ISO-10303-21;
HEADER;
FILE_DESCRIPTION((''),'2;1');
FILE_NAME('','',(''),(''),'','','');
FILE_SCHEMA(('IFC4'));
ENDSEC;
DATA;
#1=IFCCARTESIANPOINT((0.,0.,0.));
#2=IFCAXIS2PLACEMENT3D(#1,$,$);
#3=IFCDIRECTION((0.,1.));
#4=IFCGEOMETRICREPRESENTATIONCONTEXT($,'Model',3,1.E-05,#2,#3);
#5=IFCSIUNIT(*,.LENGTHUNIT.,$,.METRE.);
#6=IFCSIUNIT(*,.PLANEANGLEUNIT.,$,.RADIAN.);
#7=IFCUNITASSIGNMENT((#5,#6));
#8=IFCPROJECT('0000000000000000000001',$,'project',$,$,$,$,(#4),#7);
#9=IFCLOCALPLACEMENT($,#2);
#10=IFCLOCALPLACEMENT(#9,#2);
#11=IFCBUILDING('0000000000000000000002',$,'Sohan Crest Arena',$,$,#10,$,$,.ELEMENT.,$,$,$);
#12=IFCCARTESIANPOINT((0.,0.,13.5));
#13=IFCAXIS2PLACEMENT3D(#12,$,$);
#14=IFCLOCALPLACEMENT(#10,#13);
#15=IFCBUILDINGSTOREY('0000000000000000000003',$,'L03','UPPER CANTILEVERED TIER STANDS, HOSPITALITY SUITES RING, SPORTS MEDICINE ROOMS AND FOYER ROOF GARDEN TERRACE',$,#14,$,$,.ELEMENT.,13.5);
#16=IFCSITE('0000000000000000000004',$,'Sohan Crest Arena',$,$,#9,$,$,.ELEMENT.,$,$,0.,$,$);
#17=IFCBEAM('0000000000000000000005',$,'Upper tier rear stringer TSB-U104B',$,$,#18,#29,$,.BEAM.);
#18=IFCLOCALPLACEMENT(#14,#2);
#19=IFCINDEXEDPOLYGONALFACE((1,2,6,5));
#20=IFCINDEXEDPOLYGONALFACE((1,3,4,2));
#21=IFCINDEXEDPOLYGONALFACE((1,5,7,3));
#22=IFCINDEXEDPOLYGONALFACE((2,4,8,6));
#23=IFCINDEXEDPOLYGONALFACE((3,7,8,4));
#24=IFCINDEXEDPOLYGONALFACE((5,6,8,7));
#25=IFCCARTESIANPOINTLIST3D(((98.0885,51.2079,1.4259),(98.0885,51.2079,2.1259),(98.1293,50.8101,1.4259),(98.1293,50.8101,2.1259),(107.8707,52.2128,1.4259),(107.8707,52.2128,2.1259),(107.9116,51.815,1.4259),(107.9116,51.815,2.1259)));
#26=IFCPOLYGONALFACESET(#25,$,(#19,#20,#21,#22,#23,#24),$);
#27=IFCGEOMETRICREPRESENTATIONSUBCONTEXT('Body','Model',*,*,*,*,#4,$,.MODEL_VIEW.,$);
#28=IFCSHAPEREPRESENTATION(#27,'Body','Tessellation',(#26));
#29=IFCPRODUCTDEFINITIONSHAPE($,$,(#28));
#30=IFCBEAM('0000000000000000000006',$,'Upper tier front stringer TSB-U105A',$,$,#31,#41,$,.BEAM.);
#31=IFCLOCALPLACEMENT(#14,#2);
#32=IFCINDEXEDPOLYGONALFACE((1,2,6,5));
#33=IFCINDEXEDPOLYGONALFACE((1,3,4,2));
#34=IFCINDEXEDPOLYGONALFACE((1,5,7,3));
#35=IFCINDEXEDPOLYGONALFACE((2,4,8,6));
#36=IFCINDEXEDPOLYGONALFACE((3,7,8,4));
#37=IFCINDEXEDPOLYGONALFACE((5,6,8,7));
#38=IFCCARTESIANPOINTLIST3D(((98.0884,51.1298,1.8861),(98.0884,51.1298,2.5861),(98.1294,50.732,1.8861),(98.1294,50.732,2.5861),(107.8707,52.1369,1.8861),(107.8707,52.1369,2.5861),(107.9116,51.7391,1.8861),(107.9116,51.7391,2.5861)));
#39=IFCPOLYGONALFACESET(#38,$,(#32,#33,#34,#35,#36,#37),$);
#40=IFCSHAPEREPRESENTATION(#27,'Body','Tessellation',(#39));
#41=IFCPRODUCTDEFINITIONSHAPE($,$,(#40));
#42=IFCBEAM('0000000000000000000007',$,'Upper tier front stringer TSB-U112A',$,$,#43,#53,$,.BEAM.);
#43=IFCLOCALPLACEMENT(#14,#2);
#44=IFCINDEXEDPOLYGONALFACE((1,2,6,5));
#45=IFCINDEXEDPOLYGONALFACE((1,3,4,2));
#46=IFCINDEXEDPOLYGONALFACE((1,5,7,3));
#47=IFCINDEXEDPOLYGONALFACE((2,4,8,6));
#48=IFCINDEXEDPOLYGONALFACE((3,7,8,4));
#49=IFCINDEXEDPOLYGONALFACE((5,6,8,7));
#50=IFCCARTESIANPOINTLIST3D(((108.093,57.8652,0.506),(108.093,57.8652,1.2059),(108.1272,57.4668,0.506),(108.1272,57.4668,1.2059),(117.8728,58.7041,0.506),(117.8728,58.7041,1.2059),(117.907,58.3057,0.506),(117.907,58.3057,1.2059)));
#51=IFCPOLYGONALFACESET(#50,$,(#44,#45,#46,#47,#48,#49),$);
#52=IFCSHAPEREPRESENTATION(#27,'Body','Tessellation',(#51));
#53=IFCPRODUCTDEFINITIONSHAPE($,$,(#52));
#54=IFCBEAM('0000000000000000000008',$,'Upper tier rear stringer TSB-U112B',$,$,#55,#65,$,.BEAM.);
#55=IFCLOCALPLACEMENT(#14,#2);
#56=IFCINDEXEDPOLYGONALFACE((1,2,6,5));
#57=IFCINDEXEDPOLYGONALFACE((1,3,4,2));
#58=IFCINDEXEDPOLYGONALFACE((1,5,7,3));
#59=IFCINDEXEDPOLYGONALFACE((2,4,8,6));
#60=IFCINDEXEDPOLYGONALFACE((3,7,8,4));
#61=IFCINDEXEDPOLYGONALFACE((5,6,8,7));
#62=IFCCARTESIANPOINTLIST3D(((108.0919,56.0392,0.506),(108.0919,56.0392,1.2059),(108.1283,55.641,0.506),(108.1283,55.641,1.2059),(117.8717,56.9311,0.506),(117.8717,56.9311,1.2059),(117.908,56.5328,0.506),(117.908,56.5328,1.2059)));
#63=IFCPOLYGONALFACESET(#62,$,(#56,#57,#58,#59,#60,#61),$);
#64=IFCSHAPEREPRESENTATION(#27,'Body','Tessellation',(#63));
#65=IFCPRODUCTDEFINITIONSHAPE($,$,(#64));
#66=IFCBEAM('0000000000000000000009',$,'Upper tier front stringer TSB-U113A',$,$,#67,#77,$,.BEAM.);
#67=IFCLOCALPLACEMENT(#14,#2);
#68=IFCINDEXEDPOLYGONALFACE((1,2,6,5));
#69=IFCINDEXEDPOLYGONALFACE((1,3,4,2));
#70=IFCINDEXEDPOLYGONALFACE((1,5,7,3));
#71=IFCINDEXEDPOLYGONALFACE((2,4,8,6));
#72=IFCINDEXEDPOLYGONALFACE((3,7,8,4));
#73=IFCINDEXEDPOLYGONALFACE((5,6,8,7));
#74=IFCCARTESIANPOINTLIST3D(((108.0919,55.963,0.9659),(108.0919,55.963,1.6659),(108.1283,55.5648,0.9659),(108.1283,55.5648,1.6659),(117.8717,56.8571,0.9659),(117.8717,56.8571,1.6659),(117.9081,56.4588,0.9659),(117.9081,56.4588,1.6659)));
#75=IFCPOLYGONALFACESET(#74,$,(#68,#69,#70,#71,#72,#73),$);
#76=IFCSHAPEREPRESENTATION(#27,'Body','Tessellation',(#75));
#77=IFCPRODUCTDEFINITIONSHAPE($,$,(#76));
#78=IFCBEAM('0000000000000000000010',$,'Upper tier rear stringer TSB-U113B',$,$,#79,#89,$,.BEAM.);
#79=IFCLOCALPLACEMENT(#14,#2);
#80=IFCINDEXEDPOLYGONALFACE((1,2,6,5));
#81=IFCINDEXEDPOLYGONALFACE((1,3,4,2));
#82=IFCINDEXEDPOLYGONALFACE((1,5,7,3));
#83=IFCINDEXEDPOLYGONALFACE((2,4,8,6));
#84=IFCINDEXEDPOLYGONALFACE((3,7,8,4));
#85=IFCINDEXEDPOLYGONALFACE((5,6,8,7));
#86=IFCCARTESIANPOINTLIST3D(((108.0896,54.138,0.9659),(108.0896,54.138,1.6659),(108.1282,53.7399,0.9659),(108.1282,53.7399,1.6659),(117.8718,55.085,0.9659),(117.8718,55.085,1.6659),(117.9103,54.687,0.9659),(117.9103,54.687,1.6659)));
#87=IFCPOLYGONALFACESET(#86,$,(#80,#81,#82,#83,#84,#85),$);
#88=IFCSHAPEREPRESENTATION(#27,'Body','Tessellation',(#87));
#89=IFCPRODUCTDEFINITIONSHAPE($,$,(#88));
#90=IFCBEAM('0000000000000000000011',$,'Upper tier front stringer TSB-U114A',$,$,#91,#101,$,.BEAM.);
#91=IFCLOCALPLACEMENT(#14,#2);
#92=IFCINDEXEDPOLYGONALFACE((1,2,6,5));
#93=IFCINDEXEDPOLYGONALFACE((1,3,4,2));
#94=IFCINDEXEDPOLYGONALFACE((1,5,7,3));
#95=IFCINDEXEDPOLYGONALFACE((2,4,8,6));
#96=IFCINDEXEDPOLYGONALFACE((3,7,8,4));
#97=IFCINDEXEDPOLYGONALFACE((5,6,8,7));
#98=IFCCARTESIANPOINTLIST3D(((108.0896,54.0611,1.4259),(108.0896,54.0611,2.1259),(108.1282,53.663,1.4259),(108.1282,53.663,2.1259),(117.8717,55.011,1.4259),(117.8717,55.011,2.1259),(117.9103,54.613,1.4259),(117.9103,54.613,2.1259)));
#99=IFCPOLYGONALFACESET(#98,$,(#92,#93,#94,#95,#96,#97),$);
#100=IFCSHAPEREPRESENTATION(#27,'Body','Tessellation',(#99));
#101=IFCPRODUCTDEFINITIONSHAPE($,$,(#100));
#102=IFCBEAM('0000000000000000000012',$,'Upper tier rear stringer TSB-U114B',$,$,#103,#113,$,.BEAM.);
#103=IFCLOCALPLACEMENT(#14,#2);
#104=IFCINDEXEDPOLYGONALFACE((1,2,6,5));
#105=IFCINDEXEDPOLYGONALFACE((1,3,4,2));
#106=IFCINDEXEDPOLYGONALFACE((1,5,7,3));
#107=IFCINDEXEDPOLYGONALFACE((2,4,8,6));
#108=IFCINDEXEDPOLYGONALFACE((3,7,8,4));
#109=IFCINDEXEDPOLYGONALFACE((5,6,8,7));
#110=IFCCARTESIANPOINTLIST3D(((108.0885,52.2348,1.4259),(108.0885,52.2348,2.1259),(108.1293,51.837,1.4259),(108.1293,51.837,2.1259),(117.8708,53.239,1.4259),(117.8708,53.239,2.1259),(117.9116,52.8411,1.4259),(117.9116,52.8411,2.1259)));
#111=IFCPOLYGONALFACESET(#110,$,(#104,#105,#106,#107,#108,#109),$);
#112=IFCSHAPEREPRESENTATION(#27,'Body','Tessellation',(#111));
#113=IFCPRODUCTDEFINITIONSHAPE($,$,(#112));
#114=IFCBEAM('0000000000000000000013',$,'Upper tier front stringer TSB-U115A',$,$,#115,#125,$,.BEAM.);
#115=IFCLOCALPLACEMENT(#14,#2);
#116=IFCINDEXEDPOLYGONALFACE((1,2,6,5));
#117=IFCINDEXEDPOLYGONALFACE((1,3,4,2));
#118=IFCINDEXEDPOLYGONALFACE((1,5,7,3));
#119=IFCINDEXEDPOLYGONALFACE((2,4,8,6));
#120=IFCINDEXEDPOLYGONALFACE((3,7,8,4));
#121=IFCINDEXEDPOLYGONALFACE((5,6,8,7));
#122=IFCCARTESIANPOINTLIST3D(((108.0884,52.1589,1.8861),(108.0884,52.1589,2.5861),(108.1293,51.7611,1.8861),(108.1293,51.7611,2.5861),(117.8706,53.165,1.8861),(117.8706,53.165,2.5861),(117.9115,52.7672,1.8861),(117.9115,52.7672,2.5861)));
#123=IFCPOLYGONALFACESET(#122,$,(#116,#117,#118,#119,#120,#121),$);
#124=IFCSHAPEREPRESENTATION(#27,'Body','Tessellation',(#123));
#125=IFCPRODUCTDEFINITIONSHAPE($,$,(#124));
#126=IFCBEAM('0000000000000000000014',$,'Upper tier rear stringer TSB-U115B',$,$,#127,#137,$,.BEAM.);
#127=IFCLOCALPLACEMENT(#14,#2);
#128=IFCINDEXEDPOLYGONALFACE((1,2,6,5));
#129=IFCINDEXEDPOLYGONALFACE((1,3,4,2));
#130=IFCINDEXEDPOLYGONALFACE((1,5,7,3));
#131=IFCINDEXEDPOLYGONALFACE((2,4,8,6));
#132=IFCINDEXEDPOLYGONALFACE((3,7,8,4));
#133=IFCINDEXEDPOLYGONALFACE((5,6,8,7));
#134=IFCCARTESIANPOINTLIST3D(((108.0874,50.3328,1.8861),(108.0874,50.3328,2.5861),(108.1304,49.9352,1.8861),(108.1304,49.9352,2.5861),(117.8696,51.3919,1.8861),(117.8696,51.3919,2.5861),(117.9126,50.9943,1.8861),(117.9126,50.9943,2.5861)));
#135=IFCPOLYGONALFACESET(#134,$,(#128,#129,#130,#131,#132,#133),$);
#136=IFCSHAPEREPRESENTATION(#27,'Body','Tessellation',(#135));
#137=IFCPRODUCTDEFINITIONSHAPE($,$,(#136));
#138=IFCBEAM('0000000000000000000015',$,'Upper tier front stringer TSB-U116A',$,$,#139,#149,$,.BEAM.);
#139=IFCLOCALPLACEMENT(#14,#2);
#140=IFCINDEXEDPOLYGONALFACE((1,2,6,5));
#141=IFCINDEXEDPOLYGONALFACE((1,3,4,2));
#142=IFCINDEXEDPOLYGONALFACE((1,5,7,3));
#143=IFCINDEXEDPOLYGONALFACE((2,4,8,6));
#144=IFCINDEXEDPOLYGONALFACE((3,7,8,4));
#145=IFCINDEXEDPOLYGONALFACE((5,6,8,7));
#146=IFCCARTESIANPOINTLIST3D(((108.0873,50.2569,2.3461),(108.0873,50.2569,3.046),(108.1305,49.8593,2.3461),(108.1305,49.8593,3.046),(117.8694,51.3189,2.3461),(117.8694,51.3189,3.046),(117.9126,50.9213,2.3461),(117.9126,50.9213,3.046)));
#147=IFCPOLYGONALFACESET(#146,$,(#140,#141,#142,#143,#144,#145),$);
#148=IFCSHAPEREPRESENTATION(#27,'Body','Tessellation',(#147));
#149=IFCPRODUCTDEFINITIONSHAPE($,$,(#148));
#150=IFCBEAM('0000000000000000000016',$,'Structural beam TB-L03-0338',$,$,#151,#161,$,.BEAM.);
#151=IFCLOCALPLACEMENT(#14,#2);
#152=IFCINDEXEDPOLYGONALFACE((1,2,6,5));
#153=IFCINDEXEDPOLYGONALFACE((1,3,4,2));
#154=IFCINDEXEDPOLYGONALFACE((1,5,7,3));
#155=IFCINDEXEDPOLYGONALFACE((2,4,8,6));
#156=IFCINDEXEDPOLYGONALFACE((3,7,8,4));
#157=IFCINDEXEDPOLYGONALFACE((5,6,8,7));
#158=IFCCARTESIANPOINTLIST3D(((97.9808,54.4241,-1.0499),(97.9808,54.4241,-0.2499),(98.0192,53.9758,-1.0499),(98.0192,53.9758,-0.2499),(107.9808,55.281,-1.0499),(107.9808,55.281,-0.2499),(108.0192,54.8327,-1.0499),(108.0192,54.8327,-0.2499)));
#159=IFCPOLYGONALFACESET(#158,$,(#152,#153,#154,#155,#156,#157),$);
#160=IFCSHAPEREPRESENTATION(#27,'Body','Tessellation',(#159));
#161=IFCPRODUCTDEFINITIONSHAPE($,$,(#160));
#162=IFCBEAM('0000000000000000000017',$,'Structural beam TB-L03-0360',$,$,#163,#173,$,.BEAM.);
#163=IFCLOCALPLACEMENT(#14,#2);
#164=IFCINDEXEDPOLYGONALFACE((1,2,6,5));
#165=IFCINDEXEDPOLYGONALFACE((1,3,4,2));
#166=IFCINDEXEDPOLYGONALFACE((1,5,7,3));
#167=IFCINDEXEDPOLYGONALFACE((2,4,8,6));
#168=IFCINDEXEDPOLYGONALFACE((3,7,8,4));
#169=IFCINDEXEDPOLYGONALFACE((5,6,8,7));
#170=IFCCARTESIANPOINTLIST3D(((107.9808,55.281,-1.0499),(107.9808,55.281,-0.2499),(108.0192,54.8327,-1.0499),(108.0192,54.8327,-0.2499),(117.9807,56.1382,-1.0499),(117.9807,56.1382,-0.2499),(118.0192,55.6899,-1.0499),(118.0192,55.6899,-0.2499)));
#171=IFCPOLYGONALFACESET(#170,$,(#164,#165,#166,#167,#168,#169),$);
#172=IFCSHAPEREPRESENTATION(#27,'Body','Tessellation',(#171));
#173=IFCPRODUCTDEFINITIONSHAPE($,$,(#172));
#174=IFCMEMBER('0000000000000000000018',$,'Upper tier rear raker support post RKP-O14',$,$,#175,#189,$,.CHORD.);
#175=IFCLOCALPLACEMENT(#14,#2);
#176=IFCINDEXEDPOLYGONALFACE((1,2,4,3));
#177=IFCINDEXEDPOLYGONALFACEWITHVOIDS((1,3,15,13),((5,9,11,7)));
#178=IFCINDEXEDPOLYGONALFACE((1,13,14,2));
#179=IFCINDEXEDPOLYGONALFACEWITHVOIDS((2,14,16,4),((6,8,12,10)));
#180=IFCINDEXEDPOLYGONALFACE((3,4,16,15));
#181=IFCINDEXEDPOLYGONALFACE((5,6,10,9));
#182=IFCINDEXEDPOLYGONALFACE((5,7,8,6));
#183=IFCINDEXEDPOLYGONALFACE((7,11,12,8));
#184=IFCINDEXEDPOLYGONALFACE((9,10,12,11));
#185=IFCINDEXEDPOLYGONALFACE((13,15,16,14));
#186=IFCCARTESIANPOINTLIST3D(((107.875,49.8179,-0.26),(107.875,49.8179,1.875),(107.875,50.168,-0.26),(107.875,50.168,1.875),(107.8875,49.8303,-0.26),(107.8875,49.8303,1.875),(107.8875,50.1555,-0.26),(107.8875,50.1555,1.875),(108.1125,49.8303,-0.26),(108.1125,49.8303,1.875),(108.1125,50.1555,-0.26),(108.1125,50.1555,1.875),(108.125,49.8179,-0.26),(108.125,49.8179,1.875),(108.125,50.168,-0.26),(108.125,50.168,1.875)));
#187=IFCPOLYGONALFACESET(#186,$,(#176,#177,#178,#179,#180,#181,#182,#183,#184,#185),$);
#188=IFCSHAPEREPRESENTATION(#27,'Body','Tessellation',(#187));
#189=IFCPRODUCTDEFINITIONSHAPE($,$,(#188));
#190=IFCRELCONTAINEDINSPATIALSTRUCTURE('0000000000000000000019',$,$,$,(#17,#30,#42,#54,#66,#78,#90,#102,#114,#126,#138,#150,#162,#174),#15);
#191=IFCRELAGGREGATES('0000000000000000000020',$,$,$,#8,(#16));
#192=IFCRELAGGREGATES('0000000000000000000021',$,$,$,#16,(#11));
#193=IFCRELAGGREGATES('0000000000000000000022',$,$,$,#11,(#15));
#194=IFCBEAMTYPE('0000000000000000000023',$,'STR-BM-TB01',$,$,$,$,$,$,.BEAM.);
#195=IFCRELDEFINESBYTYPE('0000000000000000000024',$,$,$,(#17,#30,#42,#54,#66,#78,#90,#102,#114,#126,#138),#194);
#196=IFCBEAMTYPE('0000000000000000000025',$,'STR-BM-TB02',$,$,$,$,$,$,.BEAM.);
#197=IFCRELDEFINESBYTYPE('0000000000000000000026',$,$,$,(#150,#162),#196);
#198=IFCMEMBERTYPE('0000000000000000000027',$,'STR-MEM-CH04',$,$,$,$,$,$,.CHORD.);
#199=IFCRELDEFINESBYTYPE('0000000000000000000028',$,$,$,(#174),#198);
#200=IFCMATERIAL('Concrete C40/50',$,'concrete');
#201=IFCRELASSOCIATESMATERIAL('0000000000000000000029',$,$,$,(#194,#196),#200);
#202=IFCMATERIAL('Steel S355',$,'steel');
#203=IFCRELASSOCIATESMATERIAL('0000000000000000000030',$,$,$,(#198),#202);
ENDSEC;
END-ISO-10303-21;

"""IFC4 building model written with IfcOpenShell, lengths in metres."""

from ifc_helpers import new_model, si_unit, direction, frame, origin, origin_2d, place, context, subcontext, project, spatial, rectangle, hollow_rectangle, extrude, material, material_profile, profile_set, type_object, element, save


model = new_model("IFC4")

# Units and contexts
model_context = context("Model", 3, precision=1e-05, world=origin(), true_north=direction((0.0, 1.0)))
body_context = subcontext(model_context, "Body", "Model", "MODEL_VIEW")
ifc_project = project(units=[si_unit("LENGTHUNIT", "METRE"), si_unit("PLANEANGLEUNIT", "RADIAN")], contexts=[model_context])

# Site, building, storey
site_placement = place(None, origin())
site = spatial("IfcSite", under=ifc_project, at=site_placement, Name="Sohan Crest Arena", CompositionType="ELEMENT", RefElevation=0.0)
building_placement = place(site_placement, origin())
building = spatial("IfcBuilding", under=site, at=building_placement, Name="Sohan Crest Arena", CompositionType="ELEMENT")
storey_placement = place(building_placement, frame((0.0, 0.0, 13.5)))
storey = spatial("IfcBuildingStorey", under=building, at=storey_placement, Name="L03", Description="UPPER CANTILEVERED TIER STANDS, HOSPITALITY SUITES RING, SPORTS MEDICINE ROOMS AND FOYER ROOF GARDEN TERRACE", CompositionType="ELEMENT", Elevation=13.5)

# Shared definitions
ifc_material_1 = material(Name="Concrete C40/50", Category="concrete")

# Beams
ifc_material_profile_1 = material_profile(ifc_material_1, rectangle(XDim=0.3999, YDim=0.7, at=origin_2d()), Name="RC-BM 400x700")
ifc_profile_set_1 = profile_set([ifc_material_profile_1], Name="Concrete C40/50")
beam_type_1 = type_object("IfcBeamType", Name="STR-BM-TB01", PredefinedType="BEAM", material=ifc_profile_set_1)
beam_1_placement = place(storey_placement, frame((98.1089, 51.009, 1.7759), z_axis=(0.994765, 0.102188, 0.0), x_axis=(-0.102188, 0.994765, 0.0)))
element("IfcBeam", 1, at=beam_1_placement, inside=storey, type_object=beam_type_1, Name="Upper tier rear stringer TSB-U104B", PredefinedType="BEAM", context=body_context, shape_type="SweptSolid", body=[
    extrude(rectangle(XDim=0.3999, YDim=0.7, at=origin_2d()), origin(), (0.0, 0.0, 1.0), 9.8337),
])
beam_2_placement = place(storey_placement, frame((98.1089, 50.9309, 2.2361), z_axis=(0.994742, 0.102409, 0.0), x_axis=(-0.102409, 0.994742, 0.0)))
element("IfcBeam", 2, at=beam_2_placement, inside=storey, type_object=beam_type_1, Name="Upper tier front stringer TSB-U105A", PredefinedType="BEAM", context=body_context, shape_type="SweptSolid", body=[
    extrude(rectangle(XDim=0.3999, YDim=0.7, at=origin_2d()), origin(), (0.0, 0.0, 1.0), 9.834),
])
beam_3_placement = place(storey_placement, frame((108.1101, 57.666, 0.856), z_axis=(0.996341, 0.085462, 0.0), x_axis=(-0.085462, 0.996341, 0.0)))
element("IfcBeam", 3, at=beam_3_placement, inside=storey, type_object=beam_type_1, Name="Upper tier front stringer TSB-U112A", PredefinedType="BEAM", context=body_context, shape_type="SweptSolid", body=[
    extrude(rectangle(XDim=0.3999, YDim=0.7, at=origin_2d()), origin(), (0.0, 0.0, 1.0), 9.8157),
])
beam_4_placement = place(storey_placement, frame((108.1101, 55.8401, 0.856), z_axis=(0.995868, 0.090816, 0.0), x_axis=(-0.090816, 0.995868, 0.0)))
element("IfcBeam", 4, at=beam_4_placement, inside=storey, type_object=beam_type_1, Name="Upper tier rear stringer TSB-U112B", PredefinedType="BEAM", context=body_context, shape_type="SweptSolid", body=[
    extrude(rectangle(XDim=0.3999, YDim=0.7, at=origin_2d()), origin(), (0.0, 0.0, 1.0), 9.8203),
])
beam_5_placement = place(storey_placement, frame((108.1101, 55.7639, 1.3159), z_axis=(0.995847, 0.091038, 0.0), x_axis=(-0.091038, 0.995847, 0.0)))
element("IfcBeam", 5, at=beam_5_placement, inside=storey, type_object=beam_type_1, Name="Upper tier front stringer TSB-U113A", PredefinedType="BEAM", context=body_context, shape_type="SweptSolid", body=[
    extrude(rectangle(XDim=0.3999, YDim=0.7, at=origin_2d()), origin(), (0.0, 0.0, 1.0), 9.8206),
])
beam_6_placement = place(storey_placement, frame((108.1089, 53.939, 1.3159), z_axis=(0.995347, 0.09636, 0.0), x_axis=(-0.09636, 0.995347, 0.0)))
element("IfcBeam", 6, at=beam_6_placement, inside=storey, type_object=beam_type_1, Name="Upper tier rear stringer TSB-U113B", PredefinedType="BEAM", context=body_context, shape_type="SweptSolid", body=[
    extrude(rectangle(XDim=0.3999, YDim=0.7, at=origin_2d()), origin(), (0.0, 0.0, 1.0), 9.8279),
])
beam_7_placement = place(storey_placement, frame((108.1089, 53.8621, 1.7759), z_axis=(0.995318, 0.096655, 0.0), x_axis=(-0.096655, 0.995318, 0.0)))
element("IfcBeam", 7, at=beam_7_placement, inside=storey, type_object=beam_type_1, Name="Upper tier front stringer TSB-U114A", PredefinedType="BEAM", context=body_context, shape_type="SweptSolid", body=[
    extrude(rectangle(XDim=0.3999, YDim=0.7, at=origin_2d()), origin(), (0.0, 0.0, 1.0), 9.8281),
])
for number, where, z_axis, x_axis, name in (
    (8, (108.1089, 52.0359, 1.7759), (0.994773, 0.102114, 0.0), (-0.102114, 0.994773, 0.0), "Upper tier rear stringer TSB-U114B"),
    (9, (108.1089, 51.96, 2.2361), (0.994753, 0.10231, 0.0), (-0.10231, 0.994753, 0.0), "Upper tier front stringer TSB-U115A"),
):
    element("IfcBeam", number, at=place(storey_placement, frame(where, z_axis=z_axis, x_axis=x_axis)), inside=storey, type_object=beam_type_1, Name=name, PredefinedType="BEAM", context=body_context, shape_type="SweptSolid", body=[
        extrude(rectangle(XDim=0.3999, YDim=0.7, at=origin_2d()), origin(), (0.0, 0.0, 1.0), 9.8337),
    ])
beam_8_placement = place(storey_placement, frame((108.1089, 50.134, 2.2361), z_axis=(0.99419, 0.107637, 0.0), x_axis=(-0.107637, 0.99419, 0.0)))
element("IfcBeam", 10, at=beam_8_placement, inside=storey, type_object=beam_type_1, Name="Upper tier rear stringer TSB-U115B", PredefinedType="BEAM", context=body_context, shape_type="SweptSolid", body=[
    extrude(rectangle(XDim=0.3999, YDim=0.7, at=origin_2d()), origin(), (0.0, 0.0, 1.0), 9.8394),
])
beam_9_placement = place(storey_placement, frame((108.1089, 50.0581, 2.696), z_axis=(0.994158, 0.107931, 0.0), x_axis=(-0.107931, 0.994158, 0.0)))
element("IfcBeam", 11, at=beam_9_placement, inside=storey, type_object=beam_type_1, Name="Upper tier front stringer TSB-U116A", PredefinedType="BEAM", context=body_context, shape_type="SweptSolid", body=[
    extrude(rectangle(XDim=0.3999, YDim=0.7, at=origin_2d()), origin(), (0.0, 0.0, 1.0), 9.8396),
])
ifc_material_profile_2 = material_profile(ifc_material_1, rectangle(XDim=0.45, YDim=0.8, at=origin_2d()), Name="RC-BM 450x800")
ifc_profile_set_2 = profile_set([ifc_material_profile_2], Name="Concrete C40/50")
beam_type_2 = type_object("IfcBeamType", Name="STR-BM-TB02", PredefinedType="BEAM", material=ifc_profile_set_2)
for number, where, z_axis, x_axis, name in (
    (12, (98.0, 54.2, -0.6499), (0.996348, 0.08538, 0.0), (-0.08538, 0.996348, 0.0), "Structural beam TB-L03-0338"),
    (13, (108.0, 55.0569, -0.6499), (0.996346, 0.085405, 0.0), (-0.085405, 0.996346, 0.0), "Structural beam TB-L03-0360"),
):
    element("IfcBeam", number, at=place(storey_placement, frame(where, z_axis=z_axis, x_axis=x_axis)), inside=storey, type_object=beam_type_2, Name=name, PredefinedType="BEAM", context=body_context, shape_type="SweptSolid", body=[
        extrude(rectangle(XDim=0.45, YDim=0.8, at=origin_2d()), origin(), (0.0, 0.0, 1.0), 10.0366),
    ])

# Member
ifc_material_2 = material(Name="Steel S355", Category="steel")
ifc_material_profile_3 = material_profile(ifc_material_2, hollow_rectangle(XDim=0.25, YDim=0.3501, WallThickness=0.0125, at=origin_2d()), Name="RHS 350x250x12.5")
ifc_profile_set_3 = profile_set([ifc_material_profile_3], Name="Steel S355")
member_type = type_object("IfcMemberType", Name="STR-MEM-CH04", PredefinedType="CHORD", material=ifc_profile_set_3)
member_placement = place(storey_placement, frame((108.0, 49.9929, -0.26), z_axis=(0.0, 0.0, 1.0), x_axis=(1.0, 0.0, 0.0)))
element("IfcMember", 14, at=member_placement, inside=storey, type_object=member_type, Name="Upper tier rear raker support post RKP-O14", PredefinedType="CHORD", context=body_context, shape_type="SweptSolid", body=[
    extrude(hollow_rectangle(XDim=0.25, YDim=0.3501, WallThickness=0.0125, at=origin_2d()), origin(), (0.0, 0.0, 1.0), 2.135),
])

save(model, "model.ifc")
